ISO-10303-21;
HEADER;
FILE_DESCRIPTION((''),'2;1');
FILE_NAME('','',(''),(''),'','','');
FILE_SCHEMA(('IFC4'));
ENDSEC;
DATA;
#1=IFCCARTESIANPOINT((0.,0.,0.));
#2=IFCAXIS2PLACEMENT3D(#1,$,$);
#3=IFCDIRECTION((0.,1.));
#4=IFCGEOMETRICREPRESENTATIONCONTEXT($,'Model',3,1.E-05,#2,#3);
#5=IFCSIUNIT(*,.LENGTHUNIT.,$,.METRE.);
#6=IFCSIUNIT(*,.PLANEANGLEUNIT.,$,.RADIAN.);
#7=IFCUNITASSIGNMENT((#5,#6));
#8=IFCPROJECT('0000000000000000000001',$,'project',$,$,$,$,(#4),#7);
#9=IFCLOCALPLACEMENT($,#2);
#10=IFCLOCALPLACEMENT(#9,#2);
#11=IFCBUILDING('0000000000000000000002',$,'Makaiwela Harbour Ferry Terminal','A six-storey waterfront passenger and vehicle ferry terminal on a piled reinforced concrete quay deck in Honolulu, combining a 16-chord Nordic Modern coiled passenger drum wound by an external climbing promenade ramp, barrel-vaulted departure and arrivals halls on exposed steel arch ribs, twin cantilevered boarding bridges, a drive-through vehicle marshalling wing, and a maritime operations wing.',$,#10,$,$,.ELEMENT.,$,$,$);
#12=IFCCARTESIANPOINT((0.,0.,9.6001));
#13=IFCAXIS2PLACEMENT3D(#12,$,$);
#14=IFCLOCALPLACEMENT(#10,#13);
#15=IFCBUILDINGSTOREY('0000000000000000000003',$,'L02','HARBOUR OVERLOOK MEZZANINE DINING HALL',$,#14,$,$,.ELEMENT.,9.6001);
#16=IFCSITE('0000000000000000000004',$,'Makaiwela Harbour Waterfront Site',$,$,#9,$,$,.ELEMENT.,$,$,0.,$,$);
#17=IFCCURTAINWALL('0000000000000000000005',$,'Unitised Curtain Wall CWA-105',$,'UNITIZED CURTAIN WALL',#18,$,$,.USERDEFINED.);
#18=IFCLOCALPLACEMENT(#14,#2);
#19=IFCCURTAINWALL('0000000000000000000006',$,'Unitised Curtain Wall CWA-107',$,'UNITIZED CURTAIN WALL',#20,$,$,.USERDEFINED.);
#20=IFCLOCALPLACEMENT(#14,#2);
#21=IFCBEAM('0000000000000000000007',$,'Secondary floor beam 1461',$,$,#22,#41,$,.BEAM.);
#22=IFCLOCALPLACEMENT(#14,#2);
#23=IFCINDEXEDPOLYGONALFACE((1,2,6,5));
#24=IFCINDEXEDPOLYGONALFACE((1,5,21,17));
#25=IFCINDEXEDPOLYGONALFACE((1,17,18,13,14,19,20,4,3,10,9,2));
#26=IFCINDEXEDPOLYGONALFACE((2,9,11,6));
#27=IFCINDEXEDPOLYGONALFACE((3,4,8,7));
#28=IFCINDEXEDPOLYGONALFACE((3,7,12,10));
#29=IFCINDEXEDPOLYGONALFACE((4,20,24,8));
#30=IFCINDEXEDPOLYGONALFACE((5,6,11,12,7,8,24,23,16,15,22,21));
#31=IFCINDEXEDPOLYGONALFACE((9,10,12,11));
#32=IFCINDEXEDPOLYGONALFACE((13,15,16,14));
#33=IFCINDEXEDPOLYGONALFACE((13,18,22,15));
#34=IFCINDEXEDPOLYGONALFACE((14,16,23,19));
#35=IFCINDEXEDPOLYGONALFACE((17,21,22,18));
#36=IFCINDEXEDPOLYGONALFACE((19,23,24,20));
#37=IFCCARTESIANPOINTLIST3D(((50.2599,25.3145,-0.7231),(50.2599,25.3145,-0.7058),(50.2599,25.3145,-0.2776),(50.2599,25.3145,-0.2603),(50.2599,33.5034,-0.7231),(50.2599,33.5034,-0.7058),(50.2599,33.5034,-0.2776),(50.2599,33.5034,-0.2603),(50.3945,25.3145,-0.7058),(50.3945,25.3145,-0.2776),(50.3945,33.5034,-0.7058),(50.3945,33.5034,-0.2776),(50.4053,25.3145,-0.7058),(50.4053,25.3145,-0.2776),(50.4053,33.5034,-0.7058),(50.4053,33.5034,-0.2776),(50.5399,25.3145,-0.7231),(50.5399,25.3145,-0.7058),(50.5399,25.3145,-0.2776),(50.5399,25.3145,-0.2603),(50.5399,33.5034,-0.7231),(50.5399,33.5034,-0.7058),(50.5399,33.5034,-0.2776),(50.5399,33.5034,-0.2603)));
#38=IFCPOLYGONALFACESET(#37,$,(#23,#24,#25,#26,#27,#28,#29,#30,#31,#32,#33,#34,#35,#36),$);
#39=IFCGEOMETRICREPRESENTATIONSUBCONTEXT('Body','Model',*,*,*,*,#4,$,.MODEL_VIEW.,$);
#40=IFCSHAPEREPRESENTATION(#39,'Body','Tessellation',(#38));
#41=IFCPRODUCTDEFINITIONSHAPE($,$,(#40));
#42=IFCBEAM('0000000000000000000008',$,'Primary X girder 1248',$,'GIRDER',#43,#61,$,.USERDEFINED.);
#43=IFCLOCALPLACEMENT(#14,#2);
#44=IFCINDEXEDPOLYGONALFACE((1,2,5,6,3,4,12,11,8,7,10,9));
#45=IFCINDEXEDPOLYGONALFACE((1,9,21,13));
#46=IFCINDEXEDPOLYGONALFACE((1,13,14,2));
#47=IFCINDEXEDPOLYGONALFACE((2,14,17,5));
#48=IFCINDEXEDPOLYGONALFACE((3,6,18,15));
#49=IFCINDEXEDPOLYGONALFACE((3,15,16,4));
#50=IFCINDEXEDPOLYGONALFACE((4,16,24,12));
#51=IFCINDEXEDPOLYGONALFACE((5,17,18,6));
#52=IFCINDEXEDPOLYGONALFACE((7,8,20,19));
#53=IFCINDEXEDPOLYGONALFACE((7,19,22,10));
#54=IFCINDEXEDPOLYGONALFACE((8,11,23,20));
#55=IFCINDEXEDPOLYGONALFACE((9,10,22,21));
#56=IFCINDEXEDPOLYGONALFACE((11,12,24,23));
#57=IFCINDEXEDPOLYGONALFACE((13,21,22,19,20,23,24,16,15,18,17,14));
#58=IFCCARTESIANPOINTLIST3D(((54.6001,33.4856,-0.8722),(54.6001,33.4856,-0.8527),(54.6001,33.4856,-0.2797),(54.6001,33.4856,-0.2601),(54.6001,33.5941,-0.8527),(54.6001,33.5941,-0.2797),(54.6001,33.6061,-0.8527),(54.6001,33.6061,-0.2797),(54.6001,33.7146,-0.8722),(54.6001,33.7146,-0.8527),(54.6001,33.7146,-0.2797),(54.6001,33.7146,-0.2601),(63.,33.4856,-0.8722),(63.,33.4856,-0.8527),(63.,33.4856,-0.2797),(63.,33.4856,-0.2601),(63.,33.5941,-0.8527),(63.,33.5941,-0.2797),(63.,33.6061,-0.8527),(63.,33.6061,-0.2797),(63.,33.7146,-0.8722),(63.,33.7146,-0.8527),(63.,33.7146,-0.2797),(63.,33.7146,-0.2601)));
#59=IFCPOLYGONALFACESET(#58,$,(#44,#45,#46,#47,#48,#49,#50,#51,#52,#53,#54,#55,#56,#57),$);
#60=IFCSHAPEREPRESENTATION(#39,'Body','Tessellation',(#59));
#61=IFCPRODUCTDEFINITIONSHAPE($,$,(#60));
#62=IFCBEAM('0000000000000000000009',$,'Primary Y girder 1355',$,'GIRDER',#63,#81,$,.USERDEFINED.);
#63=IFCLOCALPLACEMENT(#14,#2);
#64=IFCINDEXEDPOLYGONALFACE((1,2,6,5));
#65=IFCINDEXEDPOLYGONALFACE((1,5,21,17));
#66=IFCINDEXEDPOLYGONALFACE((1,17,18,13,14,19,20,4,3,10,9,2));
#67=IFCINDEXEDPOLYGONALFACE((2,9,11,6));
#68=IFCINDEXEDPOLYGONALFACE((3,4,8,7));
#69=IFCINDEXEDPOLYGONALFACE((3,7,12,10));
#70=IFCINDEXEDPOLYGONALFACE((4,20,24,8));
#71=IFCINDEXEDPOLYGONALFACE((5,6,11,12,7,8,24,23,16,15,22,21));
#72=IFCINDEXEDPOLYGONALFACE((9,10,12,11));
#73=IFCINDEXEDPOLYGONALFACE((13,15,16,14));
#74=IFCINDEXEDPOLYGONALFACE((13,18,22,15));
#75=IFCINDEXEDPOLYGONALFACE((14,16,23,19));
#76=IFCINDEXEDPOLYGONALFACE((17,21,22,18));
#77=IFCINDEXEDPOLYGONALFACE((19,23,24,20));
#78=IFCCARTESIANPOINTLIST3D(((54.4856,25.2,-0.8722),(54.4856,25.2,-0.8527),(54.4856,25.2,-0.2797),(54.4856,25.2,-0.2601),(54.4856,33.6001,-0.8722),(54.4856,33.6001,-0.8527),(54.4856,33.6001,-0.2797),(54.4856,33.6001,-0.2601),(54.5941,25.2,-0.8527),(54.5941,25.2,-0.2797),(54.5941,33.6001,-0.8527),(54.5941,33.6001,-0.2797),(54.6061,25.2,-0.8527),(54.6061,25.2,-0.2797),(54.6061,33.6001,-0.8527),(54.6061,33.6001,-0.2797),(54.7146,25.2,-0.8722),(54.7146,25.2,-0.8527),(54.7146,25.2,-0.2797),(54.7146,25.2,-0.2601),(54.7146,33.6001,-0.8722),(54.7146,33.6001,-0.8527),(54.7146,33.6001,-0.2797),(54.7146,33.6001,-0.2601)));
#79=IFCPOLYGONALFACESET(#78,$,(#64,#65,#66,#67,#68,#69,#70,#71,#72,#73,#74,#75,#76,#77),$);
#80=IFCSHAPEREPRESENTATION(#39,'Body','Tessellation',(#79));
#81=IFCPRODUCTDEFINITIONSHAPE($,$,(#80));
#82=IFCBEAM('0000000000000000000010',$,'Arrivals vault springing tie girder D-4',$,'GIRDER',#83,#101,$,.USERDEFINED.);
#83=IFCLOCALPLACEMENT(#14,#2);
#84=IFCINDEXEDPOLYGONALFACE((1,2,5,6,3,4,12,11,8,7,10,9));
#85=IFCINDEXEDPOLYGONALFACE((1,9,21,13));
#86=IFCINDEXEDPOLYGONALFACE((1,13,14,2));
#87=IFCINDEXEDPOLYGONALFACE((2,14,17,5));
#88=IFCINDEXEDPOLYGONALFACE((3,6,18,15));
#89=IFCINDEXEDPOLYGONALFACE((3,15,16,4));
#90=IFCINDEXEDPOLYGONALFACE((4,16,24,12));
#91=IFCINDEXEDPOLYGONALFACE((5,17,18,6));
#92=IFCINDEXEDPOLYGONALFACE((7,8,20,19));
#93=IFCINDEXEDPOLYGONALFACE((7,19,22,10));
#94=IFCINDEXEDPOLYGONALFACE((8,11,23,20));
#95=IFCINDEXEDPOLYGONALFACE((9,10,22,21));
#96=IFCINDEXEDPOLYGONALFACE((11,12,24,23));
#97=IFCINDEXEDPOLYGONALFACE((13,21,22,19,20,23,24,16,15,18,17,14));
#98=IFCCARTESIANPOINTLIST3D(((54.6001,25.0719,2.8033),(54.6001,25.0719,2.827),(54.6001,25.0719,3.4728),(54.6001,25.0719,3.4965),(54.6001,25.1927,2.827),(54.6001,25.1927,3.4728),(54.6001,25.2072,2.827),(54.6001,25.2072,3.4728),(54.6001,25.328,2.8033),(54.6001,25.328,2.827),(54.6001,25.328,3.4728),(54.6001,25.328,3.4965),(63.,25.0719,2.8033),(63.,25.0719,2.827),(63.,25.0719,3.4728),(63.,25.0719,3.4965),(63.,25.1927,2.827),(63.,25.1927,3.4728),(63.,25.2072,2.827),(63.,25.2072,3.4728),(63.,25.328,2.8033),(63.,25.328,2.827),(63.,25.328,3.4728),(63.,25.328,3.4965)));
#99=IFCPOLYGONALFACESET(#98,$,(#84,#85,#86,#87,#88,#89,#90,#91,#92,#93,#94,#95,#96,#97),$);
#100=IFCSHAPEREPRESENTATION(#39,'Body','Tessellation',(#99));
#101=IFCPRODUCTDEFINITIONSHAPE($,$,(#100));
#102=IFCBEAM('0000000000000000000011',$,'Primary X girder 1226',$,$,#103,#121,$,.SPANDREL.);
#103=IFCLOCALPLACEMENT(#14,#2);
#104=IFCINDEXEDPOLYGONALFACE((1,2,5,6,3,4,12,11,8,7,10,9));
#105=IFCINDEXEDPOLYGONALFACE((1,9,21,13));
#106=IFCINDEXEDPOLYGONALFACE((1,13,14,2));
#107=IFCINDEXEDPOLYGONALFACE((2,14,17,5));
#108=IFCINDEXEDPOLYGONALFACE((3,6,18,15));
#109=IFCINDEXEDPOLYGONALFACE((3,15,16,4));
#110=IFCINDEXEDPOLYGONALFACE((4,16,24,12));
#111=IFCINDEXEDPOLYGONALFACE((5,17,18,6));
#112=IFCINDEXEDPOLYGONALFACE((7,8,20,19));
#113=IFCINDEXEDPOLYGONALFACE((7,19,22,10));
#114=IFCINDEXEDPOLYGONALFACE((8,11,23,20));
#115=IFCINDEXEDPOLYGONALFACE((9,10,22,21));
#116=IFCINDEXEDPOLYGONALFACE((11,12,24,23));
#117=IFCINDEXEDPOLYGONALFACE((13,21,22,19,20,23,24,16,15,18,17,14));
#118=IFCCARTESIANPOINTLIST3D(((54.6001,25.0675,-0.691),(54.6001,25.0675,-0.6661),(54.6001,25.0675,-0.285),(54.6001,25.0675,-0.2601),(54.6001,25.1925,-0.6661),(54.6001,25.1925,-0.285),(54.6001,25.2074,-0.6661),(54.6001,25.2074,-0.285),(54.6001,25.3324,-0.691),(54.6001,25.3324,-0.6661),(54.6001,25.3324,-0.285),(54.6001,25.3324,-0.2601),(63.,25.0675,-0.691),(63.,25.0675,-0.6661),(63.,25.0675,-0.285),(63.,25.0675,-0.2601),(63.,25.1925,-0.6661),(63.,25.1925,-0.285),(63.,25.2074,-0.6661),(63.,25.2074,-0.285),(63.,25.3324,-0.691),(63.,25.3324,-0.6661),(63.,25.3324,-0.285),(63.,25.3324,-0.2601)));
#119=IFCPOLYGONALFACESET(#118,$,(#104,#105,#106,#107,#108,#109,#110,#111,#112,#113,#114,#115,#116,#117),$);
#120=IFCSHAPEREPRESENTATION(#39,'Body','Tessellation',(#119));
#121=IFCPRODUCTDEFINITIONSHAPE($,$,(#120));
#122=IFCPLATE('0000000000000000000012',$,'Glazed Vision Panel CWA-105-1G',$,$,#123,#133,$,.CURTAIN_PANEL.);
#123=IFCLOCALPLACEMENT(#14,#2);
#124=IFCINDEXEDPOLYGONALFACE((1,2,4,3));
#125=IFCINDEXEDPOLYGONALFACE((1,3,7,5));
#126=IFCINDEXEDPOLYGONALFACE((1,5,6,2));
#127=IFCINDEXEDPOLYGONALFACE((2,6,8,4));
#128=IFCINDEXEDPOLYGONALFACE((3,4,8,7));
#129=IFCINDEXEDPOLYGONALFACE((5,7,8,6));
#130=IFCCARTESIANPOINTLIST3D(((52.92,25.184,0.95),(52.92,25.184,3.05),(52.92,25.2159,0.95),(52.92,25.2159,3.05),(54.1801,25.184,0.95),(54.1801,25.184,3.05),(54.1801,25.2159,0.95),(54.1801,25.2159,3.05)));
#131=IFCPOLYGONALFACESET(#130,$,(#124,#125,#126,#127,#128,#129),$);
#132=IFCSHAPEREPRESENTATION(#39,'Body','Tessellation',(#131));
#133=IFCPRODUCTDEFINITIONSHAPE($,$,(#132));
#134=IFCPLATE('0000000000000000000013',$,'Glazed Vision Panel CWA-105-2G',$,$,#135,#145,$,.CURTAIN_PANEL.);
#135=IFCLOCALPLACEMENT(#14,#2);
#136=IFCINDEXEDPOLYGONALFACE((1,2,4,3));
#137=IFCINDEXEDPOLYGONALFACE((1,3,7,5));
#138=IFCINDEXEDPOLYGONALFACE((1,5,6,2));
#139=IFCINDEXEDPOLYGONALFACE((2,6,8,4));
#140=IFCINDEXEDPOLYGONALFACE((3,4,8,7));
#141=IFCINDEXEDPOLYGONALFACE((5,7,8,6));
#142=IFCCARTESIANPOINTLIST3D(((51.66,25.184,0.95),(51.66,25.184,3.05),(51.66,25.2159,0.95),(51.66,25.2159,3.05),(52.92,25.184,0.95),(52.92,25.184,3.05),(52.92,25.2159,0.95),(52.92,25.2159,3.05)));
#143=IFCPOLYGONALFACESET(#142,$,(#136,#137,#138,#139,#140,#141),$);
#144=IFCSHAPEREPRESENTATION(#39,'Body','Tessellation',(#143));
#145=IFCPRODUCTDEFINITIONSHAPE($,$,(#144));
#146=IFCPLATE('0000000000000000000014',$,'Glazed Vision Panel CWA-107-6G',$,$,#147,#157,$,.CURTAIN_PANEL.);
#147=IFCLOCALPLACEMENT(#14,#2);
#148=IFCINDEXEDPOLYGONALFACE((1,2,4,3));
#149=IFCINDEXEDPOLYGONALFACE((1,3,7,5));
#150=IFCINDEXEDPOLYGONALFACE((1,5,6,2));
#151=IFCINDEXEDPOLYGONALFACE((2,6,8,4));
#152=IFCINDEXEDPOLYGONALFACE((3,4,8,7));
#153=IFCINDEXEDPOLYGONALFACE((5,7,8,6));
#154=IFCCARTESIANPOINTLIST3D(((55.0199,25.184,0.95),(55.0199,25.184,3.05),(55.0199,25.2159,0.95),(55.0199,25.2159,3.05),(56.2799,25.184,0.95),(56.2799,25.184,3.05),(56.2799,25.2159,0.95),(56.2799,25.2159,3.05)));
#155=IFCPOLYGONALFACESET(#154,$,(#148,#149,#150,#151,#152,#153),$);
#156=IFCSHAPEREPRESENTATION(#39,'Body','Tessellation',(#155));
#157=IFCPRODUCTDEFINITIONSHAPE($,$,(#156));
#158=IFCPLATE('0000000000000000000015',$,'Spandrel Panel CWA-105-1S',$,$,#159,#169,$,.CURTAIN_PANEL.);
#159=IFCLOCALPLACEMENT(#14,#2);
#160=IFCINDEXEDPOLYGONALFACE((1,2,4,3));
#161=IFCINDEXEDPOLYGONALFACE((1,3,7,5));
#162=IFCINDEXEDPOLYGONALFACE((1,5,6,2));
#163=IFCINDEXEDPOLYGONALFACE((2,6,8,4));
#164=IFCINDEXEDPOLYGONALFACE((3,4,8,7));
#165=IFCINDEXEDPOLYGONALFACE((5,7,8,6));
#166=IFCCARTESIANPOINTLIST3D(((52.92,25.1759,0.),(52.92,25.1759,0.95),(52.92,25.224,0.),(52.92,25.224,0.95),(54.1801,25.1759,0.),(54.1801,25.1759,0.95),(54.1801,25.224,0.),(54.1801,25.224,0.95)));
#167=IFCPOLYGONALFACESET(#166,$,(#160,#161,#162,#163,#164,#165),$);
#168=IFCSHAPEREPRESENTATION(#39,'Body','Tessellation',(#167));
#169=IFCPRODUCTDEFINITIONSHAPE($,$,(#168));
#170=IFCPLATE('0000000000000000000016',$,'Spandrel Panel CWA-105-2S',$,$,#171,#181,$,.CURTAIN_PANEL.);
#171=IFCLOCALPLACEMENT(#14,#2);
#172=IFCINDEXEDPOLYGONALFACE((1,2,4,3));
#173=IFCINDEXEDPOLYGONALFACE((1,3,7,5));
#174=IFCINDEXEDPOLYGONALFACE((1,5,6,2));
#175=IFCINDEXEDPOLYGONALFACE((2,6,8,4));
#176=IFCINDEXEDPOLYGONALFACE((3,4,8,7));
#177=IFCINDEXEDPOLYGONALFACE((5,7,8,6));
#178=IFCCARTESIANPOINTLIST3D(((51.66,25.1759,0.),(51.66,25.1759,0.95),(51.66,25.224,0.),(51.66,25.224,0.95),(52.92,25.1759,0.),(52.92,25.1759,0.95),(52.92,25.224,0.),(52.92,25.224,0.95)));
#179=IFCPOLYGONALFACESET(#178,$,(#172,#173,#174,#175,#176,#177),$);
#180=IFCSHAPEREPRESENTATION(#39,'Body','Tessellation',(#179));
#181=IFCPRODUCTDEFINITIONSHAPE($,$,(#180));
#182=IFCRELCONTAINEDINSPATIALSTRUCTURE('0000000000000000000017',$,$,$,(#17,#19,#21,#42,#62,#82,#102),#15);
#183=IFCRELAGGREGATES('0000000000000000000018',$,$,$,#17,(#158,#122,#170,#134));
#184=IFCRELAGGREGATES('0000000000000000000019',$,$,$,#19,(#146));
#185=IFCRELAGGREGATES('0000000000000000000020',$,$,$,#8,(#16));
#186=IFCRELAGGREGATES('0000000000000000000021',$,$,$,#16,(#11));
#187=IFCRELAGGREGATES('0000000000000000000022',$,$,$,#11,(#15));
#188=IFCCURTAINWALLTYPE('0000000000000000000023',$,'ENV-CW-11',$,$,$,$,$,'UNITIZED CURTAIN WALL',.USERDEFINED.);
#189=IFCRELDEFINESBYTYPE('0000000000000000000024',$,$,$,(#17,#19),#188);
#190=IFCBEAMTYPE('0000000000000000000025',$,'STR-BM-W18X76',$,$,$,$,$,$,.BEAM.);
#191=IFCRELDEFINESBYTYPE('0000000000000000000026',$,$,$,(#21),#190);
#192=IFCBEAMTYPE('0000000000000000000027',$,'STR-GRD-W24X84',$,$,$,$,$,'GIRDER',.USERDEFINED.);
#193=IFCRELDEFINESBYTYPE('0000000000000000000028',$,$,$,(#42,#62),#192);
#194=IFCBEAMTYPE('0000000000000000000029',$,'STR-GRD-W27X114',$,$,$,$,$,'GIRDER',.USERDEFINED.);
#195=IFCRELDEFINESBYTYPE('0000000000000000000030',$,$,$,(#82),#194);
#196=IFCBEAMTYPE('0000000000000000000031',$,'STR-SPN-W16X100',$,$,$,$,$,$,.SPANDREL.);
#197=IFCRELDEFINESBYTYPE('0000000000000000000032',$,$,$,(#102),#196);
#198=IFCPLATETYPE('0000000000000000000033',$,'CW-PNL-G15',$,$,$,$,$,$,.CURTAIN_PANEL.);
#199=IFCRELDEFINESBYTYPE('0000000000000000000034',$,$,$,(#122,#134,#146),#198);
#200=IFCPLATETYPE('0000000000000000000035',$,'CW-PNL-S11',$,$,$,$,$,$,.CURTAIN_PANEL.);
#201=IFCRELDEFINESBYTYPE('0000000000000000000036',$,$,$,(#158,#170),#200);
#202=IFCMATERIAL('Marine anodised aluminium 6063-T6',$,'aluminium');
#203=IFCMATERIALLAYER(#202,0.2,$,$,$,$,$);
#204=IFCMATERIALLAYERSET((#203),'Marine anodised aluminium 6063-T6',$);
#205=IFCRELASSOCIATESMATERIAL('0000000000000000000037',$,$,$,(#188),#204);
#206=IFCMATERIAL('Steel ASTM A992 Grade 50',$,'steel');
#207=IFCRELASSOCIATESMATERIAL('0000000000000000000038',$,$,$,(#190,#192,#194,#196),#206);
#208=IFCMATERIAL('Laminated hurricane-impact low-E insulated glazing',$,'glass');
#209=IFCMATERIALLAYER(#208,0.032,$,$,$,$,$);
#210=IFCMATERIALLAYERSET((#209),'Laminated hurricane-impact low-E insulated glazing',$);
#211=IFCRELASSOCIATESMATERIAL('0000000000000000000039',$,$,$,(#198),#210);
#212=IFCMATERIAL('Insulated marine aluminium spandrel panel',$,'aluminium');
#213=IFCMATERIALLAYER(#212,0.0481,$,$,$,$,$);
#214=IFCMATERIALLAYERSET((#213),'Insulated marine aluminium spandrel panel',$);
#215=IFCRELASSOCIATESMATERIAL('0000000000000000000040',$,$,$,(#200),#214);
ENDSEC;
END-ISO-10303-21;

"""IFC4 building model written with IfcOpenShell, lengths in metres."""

from ifc_helpers import new_model, si_unit, direction, frame, origin, origin_2d, place, context, subcontext, project, spatial, rectangle, i_section, extrude, material, layer, layer_set, material_profile, profile_set, type_object, element, aggregate, save


model = new_model("IFC4")

# Units and contexts
model_context = context("Model", 3, precision=1e-05, world=origin(), true_north=direction((0.0, 1.0)))
body_context = subcontext(model_context, "Body", "Model", "MODEL_VIEW")
ifc_project = project(units=[si_unit("LENGTHUNIT", "METRE"), si_unit("PLANEANGLEUNIT", "RADIAN")], contexts=[model_context])

# Site, building, storey
site_placement = place(None, origin())
site = spatial("IfcSite", under=ifc_project, at=site_placement, Name="Makaiwela Harbour Waterfront Site", CompositionType="ELEMENT", RefElevation=0.0)
building_placement = place(site_placement, origin())
building = spatial("IfcBuilding", under=site, at=building_placement, Name="Makaiwela Harbour Ferry Terminal", Description="A six-storey waterfront passenger and vehicle ferry terminal on a piled reinforced concrete quay deck in Honolulu, combining a 16-chord Nordic Modern coiled passenger drum wound by an external climbing promenade ramp, barrel-vaulted departure and arrivals halls on exposed steel arch ribs, twin cantilevered boarding bridges, a drive-through vehicle marshalling wing, and a maritime operations wing.", CompositionType="ELEMENT")
storey_placement = place(building_placement, frame((0.0, 0.0, 9.6001)))
storey = spatial("IfcBuildingStorey", under=building, at=storey_placement, Name="L02", Description="HARBOUR OVERLOOK MEZZANINE DINING HALL", CompositionType="ELEMENT", Elevation=9.6001)

# Shared definitions
ifc_material_1 = material(Name="Steel ASTM A992 Grade 50", Category="steel")

# Curtain wall
ifc_material_2 = material(Name="Marine anodised aluminium 6063-T6", Category="aluminium")
ifc_layer_1 = layer(ifc_material_2, 0.2)
ifc_layer_set_1 = layer_set([ifc_layer_1], Name="Marine anodised aluminium 6063-T6")
curtain_wall_type = type_object("IfcCurtainWallType", Name="ENV-CW-11", ElementType="UNITIZED CURTAIN WALL", PredefinedType="USERDEFINED", material=ifc_layer_set_1)
curtain_wall_1_placement = place(storey_placement, origin())
curtain_wall_1 = element("IfcCurtainWall", 1, at=curtain_wall_1_placement, inside=storey, type_object=curtain_wall_type, Name="Unitised Curtain Wall CWA-105", ObjectType="UNITIZED CURTAIN WALL", PredefinedType="USERDEFINED")

# Curtain wall
curtain_wall_2_placement = place(storey_placement, origin())
curtain_wall_2 = element("IfcCurtainWall", 2, at=curtain_wall_2_placement, inside=storey, type_object=curtain_wall_type, Name="Unitised Curtain Wall CWA-107", ObjectType="UNITIZED CURTAIN WALL", PredefinedType="USERDEFINED")

# Beams
ifc_material_profile_1 = material_profile(ifc_material_1, i_section(OverallWidth=0.28, OverallDepth=0.4629, WebThickness=0.0107, FlangeThickness=0.0173, at=origin_2d()), Name="W18X76")
ifc_profile_set_1 = profile_set([ifc_material_profile_1], Name="Steel ASTM A992 Grade 50")
beam_type_1 = type_object("IfcBeamType", Name="STR-BM-W18X76", PredefinedType="BEAM", material=ifc_profile_set_1)
beam_1_placement = place(storey_placement, frame((50.3999, 25.3145, -0.4917), z_axis=(0.0, 1.0, 0.0), x_axis=(-1.0, 0.0, 0.0)))
element("IfcBeam", 3, at=beam_1_placement, inside=storey, type_object=beam_type_1, Name="Secondary floor beam 1461", PredefinedType="BEAM", context=body_context, shape_type="SweptSolid", body=[
    extrude(i_section(OverallWidth=0.28, OverallDepth=0.4629, WebThickness=0.0107, FlangeThickness=0.0173, at=origin_2d()), origin(), (0.0, 0.0, 1.0), 8.189),
])
ifc_material_profile_2 = material_profile(ifc_material_1, i_section(OverallWidth=0.229, OverallDepth=0.6121, WebThickness=0.012, FlangeThickness=0.0195, at=origin_2d()), Name="W24X84")
ifc_profile_set_2 = profile_set([ifc_material_profile_2], Name="Steel ASTM A992 Grade 50")
beam_type_2 = type_object("IfcBeamType", Name="STR-GRD-W24X84", ElementType="GIRDER", PredefinedType="USERDEFINED", material=ifc_profile_set_2)
beam_2_placement = place(storey_placement, frame((54.6001, 33.6001, -0.5662), z_axis=(1.0, 0.0, 0.0), x_axis=(0.0, 1.0, 0.0)))
element("IfcBeam", 4, at=beam_2_placement, inside=storey, type_object=beam_type_2, Name="Primary X girder 1248", ObjectType="GIRDER", PredefinedType="USERDEFINED", context=body_context, shape_type="SweptSolid", body=[
    extrude(i_section(OverallWidth=0.229, OverallDepth=0.6121, WebThickness=0.012, FlangeThickness=0.0195, at=origin_2d()), origin(), (0.0, 0.0, 1.0), 8.3999),
])
beam_3_placement = place(storey_placement, frame((54.6001, 25.2, -0.5662), z_axis=(0.0, 1.0, 0.0), x_axis=(-1.0, 0.0, 0.0)))
element("IfcBeam", 5, at=beam_3_placement, inside=storey, type_object=beam_type_2, Name="Primary Y girder 1355", ObjectType="GIRDER", PredefinedType="USERDEFINED", context=body_context, shape_type="SweptSolid", body=[
    extrude(i_section(OverallWidth=0.229, OverallDepth=0.6121, WebThickness=0.012, FlangeThickness=0.0195, at=origin_2d()), origin(), (0.0, 0.0, 1.0), 8.4001),
])
ifc_material_profile_3 = material_profile(ifc_material_1, i_section(OverallWidth=0.2561, OverallDepth=0.6931, WebThickness=0.0144, FlangeThickness=0.0237, at=origin_2d()), Name="W27X114")
ifc_profile_set_3 = profile_set([ifc_material_profile_3], Name="Steel ASTM A992 Grade 50")
beam_type_3 = type_object("IfcBeamType", Name="STR-GRD-W27X114", ElementType="GIRDER", PredefinedType="USERDEFINED", material=ifc_profile_set_3)
beam_4_placement = place(storey_placement, frame((54.6001, 25.2, 3.1499), z_axis=(1.0, 0.0, 0.0), x_axis=(0.0, 1.0, 0.0)))
element("IfcBeam", 6, at=beam_4_placement, inside=storey, type_object=beam_type_3, Name="Arrivals vault springing tie girder D-4", ObjectType="GIRDER", PredefinedType="USERDEFINED", context=body_context, shape_type="SweptSolid", body=[
    extrude(i_section(OverallWidth=0.2561, OverallDepth=0.6931, WebThickness=0.0144, FlangeThickness=0.0237, at=origin_2d()), origin(), (0.0, 0.0, 1.0), 8.3999),
])
ifc_material_profile_4 = material_profile(ifc_material_1, i_section(OverallWidth=0.2649, OverallDepth=0.4309, WebThickness=0.0149, FlangeThickness=0.0249, at=origin_2d()), Name="W16X100")
ifc_profile_set_4 = profile_set([ifc_material_profile_4], Name="Steel ASTM A992 Grade 50")
beam_type_4 = type_object("IfcBeamType", Name="STR-SPN-W16X100", PredefinedType="SPANDREL", material=ifc_profile_set_4)
beam_5_placement = place(storey_placement, frame((54.6001, 25.2, -0.4756), z_axis=(1.0, 0.0, 0.0), x_axis=(0.0, 1.0, 0.0)))
element("IfcBeam", 7, at=beam_5_placement, inside=storey, type_object=beam_type_4, Name="Primary X girder 1226", PredefinedType="SPANDREL", context=body_context, shape_type="SweptSolid", body=[
    extrude(i_section(OverallWidth=0.2649, OverallDepth=0.4309, WebThickness=0.0149, FlangeThickness=0.0249, at=origin_2d()), origin(), (0.0, 0.0, 1.0), 8.3999),
])

# Plates
ifc_material_3 = material(Name="Laminated hurricane-impact low-E insulated glazing", Category="glass")
ifc_layer_2 = layer(ifc_material_3, 0.032)
ifc_layer_set_2 = layer_set([ifc_layer_2], Name="Laminated hurricane-impact low-E insulated glazing")
plate_type_1 = type_object("IfcPlateType", Name="CW-PNL-G15", PredefinedType="CURTAIN_PANEL", material=ifc_layer_set_2)
plate_1_placement = place(storey_placement, frame((53.55, 25.2, 0.95), z_axis=(0.0, 0.0, 1.0), x_axis=(-1.0, 0.0, 0.0)))
plate_1 = element("IfcPlate", 8, at=plate_1_placement, type_object=plate_type_1, Name="Glazed Vision Panel CWA-105-1G", PredefinedType="CURTAIN_PANEL", context=body_context, shape_type="SweptSolid", body=[
    extrude(rectangle(XDim=1.26, YDim=0.032, at=origin_2d()), origin(), (0.0, 0.0, 1.0), 2.1001),
])
plate_2_placement = place(storey_placement, frame((52.29, 25.2, 0.95), z_axis=(0.0, 0.0, 1.0), x_axis=(-1.0, 0.0, 0.0)))
plate_2 = element("IfcPlate", 9, at=plate_2_placement, type_object=plate_type_1, Name="Glazed Vision Panel CWA-105-2G", PredefinedType="CURTAIN_PANEL", context=body_context, shape_type="SweptSolid", body=[
    extrude(rectangle(XDim=1.26, YDim=0.032, at=origin_2d()), origin(), (0.0, 0.0, 1.0), 2.1001),
])
plate_3_placement = place(storey_placement, frame((55.6499, 25.2, 0.95), z_axis=(0.0, 0.0, 1.0), x_axis=(-1.0, 0.0, 0.0)))
plate_3 = element("IfcPlate", 10, at=plate_3_placement, type_object=plate_type_1, Name="Glazed Vision Panel CWA-107-6G", PredefinedType="CURTAIN_PANEL", context=body_context, shape_type="SweptSolid", body=[
    extrude(rectangle(XDim=1.26, YDim=0.032, at=origin_2d()), origin(), (0.0, 0.0, 1.0), 2.1001),
])
ifc_material_4 = material(Name="Insulated marine aluminium spandrel panel", Category="aluminium")
ifc_layer_3 = layer(ifc_material_4, 0.0481)
ifc_layer_set_3 = layer_set([ifc_layer_3], Name="Insulated marine aluminium spandrel panel")
plate_type_2 = type_object("IfcPlateType", Name="CW-PNL-S11", PredefinedType="CURTAIN_PANEL", material=ifc_layer_set_3)
plate_4_placement = place(storey_placement, frame((53.55, 25.2, 0.0), z_axis=(0.0, 0.0, 1.0), x_axis=(-1.0, 0.0, 0.0)))
plate_4 = element("IfcPlate", 11, at=plate_4_placement, type_object=plate_type_2, Name="Spandrel Panel CWA-105-1S", PredefinedType="CURTAIN_PANEL", context=body_context, shape_type="SweptSolid", body=[
    extrude(rectangle(XDim=1.26, YDim=0.0481, at=origin_2d()), origin(), (0.0, 0.0, 1.0), 0.95),
])
plate_5_placement = place(storey_placement, frame((52.29, 25.2, 0.0), z_axis=(0.0, 0.0, 1.0), x_axis=(-1.0, 0.0, 0.0)))
plate_5 = element("IfcPlate", 12, at=plate_5_placement, type_object=plate_type_2, Name="Spandrel Panel CWA-105-2S", PredefinedType="CURTAIN_PANEL", context=body_context, shape_type="SweptSolid", body=[
    extrude(rectangle(XDim=1.26, YDim=0.0481, at=origin_2d()), origin(), (0.0, 0.0, 1.0), 0.95),
])
aggregate(curtain_wall_1, [plate_4, plate_1, plate_5, plate_2])
aggregate(curtain_wall_2, [plate_3])

save(model, "model.ifc")
